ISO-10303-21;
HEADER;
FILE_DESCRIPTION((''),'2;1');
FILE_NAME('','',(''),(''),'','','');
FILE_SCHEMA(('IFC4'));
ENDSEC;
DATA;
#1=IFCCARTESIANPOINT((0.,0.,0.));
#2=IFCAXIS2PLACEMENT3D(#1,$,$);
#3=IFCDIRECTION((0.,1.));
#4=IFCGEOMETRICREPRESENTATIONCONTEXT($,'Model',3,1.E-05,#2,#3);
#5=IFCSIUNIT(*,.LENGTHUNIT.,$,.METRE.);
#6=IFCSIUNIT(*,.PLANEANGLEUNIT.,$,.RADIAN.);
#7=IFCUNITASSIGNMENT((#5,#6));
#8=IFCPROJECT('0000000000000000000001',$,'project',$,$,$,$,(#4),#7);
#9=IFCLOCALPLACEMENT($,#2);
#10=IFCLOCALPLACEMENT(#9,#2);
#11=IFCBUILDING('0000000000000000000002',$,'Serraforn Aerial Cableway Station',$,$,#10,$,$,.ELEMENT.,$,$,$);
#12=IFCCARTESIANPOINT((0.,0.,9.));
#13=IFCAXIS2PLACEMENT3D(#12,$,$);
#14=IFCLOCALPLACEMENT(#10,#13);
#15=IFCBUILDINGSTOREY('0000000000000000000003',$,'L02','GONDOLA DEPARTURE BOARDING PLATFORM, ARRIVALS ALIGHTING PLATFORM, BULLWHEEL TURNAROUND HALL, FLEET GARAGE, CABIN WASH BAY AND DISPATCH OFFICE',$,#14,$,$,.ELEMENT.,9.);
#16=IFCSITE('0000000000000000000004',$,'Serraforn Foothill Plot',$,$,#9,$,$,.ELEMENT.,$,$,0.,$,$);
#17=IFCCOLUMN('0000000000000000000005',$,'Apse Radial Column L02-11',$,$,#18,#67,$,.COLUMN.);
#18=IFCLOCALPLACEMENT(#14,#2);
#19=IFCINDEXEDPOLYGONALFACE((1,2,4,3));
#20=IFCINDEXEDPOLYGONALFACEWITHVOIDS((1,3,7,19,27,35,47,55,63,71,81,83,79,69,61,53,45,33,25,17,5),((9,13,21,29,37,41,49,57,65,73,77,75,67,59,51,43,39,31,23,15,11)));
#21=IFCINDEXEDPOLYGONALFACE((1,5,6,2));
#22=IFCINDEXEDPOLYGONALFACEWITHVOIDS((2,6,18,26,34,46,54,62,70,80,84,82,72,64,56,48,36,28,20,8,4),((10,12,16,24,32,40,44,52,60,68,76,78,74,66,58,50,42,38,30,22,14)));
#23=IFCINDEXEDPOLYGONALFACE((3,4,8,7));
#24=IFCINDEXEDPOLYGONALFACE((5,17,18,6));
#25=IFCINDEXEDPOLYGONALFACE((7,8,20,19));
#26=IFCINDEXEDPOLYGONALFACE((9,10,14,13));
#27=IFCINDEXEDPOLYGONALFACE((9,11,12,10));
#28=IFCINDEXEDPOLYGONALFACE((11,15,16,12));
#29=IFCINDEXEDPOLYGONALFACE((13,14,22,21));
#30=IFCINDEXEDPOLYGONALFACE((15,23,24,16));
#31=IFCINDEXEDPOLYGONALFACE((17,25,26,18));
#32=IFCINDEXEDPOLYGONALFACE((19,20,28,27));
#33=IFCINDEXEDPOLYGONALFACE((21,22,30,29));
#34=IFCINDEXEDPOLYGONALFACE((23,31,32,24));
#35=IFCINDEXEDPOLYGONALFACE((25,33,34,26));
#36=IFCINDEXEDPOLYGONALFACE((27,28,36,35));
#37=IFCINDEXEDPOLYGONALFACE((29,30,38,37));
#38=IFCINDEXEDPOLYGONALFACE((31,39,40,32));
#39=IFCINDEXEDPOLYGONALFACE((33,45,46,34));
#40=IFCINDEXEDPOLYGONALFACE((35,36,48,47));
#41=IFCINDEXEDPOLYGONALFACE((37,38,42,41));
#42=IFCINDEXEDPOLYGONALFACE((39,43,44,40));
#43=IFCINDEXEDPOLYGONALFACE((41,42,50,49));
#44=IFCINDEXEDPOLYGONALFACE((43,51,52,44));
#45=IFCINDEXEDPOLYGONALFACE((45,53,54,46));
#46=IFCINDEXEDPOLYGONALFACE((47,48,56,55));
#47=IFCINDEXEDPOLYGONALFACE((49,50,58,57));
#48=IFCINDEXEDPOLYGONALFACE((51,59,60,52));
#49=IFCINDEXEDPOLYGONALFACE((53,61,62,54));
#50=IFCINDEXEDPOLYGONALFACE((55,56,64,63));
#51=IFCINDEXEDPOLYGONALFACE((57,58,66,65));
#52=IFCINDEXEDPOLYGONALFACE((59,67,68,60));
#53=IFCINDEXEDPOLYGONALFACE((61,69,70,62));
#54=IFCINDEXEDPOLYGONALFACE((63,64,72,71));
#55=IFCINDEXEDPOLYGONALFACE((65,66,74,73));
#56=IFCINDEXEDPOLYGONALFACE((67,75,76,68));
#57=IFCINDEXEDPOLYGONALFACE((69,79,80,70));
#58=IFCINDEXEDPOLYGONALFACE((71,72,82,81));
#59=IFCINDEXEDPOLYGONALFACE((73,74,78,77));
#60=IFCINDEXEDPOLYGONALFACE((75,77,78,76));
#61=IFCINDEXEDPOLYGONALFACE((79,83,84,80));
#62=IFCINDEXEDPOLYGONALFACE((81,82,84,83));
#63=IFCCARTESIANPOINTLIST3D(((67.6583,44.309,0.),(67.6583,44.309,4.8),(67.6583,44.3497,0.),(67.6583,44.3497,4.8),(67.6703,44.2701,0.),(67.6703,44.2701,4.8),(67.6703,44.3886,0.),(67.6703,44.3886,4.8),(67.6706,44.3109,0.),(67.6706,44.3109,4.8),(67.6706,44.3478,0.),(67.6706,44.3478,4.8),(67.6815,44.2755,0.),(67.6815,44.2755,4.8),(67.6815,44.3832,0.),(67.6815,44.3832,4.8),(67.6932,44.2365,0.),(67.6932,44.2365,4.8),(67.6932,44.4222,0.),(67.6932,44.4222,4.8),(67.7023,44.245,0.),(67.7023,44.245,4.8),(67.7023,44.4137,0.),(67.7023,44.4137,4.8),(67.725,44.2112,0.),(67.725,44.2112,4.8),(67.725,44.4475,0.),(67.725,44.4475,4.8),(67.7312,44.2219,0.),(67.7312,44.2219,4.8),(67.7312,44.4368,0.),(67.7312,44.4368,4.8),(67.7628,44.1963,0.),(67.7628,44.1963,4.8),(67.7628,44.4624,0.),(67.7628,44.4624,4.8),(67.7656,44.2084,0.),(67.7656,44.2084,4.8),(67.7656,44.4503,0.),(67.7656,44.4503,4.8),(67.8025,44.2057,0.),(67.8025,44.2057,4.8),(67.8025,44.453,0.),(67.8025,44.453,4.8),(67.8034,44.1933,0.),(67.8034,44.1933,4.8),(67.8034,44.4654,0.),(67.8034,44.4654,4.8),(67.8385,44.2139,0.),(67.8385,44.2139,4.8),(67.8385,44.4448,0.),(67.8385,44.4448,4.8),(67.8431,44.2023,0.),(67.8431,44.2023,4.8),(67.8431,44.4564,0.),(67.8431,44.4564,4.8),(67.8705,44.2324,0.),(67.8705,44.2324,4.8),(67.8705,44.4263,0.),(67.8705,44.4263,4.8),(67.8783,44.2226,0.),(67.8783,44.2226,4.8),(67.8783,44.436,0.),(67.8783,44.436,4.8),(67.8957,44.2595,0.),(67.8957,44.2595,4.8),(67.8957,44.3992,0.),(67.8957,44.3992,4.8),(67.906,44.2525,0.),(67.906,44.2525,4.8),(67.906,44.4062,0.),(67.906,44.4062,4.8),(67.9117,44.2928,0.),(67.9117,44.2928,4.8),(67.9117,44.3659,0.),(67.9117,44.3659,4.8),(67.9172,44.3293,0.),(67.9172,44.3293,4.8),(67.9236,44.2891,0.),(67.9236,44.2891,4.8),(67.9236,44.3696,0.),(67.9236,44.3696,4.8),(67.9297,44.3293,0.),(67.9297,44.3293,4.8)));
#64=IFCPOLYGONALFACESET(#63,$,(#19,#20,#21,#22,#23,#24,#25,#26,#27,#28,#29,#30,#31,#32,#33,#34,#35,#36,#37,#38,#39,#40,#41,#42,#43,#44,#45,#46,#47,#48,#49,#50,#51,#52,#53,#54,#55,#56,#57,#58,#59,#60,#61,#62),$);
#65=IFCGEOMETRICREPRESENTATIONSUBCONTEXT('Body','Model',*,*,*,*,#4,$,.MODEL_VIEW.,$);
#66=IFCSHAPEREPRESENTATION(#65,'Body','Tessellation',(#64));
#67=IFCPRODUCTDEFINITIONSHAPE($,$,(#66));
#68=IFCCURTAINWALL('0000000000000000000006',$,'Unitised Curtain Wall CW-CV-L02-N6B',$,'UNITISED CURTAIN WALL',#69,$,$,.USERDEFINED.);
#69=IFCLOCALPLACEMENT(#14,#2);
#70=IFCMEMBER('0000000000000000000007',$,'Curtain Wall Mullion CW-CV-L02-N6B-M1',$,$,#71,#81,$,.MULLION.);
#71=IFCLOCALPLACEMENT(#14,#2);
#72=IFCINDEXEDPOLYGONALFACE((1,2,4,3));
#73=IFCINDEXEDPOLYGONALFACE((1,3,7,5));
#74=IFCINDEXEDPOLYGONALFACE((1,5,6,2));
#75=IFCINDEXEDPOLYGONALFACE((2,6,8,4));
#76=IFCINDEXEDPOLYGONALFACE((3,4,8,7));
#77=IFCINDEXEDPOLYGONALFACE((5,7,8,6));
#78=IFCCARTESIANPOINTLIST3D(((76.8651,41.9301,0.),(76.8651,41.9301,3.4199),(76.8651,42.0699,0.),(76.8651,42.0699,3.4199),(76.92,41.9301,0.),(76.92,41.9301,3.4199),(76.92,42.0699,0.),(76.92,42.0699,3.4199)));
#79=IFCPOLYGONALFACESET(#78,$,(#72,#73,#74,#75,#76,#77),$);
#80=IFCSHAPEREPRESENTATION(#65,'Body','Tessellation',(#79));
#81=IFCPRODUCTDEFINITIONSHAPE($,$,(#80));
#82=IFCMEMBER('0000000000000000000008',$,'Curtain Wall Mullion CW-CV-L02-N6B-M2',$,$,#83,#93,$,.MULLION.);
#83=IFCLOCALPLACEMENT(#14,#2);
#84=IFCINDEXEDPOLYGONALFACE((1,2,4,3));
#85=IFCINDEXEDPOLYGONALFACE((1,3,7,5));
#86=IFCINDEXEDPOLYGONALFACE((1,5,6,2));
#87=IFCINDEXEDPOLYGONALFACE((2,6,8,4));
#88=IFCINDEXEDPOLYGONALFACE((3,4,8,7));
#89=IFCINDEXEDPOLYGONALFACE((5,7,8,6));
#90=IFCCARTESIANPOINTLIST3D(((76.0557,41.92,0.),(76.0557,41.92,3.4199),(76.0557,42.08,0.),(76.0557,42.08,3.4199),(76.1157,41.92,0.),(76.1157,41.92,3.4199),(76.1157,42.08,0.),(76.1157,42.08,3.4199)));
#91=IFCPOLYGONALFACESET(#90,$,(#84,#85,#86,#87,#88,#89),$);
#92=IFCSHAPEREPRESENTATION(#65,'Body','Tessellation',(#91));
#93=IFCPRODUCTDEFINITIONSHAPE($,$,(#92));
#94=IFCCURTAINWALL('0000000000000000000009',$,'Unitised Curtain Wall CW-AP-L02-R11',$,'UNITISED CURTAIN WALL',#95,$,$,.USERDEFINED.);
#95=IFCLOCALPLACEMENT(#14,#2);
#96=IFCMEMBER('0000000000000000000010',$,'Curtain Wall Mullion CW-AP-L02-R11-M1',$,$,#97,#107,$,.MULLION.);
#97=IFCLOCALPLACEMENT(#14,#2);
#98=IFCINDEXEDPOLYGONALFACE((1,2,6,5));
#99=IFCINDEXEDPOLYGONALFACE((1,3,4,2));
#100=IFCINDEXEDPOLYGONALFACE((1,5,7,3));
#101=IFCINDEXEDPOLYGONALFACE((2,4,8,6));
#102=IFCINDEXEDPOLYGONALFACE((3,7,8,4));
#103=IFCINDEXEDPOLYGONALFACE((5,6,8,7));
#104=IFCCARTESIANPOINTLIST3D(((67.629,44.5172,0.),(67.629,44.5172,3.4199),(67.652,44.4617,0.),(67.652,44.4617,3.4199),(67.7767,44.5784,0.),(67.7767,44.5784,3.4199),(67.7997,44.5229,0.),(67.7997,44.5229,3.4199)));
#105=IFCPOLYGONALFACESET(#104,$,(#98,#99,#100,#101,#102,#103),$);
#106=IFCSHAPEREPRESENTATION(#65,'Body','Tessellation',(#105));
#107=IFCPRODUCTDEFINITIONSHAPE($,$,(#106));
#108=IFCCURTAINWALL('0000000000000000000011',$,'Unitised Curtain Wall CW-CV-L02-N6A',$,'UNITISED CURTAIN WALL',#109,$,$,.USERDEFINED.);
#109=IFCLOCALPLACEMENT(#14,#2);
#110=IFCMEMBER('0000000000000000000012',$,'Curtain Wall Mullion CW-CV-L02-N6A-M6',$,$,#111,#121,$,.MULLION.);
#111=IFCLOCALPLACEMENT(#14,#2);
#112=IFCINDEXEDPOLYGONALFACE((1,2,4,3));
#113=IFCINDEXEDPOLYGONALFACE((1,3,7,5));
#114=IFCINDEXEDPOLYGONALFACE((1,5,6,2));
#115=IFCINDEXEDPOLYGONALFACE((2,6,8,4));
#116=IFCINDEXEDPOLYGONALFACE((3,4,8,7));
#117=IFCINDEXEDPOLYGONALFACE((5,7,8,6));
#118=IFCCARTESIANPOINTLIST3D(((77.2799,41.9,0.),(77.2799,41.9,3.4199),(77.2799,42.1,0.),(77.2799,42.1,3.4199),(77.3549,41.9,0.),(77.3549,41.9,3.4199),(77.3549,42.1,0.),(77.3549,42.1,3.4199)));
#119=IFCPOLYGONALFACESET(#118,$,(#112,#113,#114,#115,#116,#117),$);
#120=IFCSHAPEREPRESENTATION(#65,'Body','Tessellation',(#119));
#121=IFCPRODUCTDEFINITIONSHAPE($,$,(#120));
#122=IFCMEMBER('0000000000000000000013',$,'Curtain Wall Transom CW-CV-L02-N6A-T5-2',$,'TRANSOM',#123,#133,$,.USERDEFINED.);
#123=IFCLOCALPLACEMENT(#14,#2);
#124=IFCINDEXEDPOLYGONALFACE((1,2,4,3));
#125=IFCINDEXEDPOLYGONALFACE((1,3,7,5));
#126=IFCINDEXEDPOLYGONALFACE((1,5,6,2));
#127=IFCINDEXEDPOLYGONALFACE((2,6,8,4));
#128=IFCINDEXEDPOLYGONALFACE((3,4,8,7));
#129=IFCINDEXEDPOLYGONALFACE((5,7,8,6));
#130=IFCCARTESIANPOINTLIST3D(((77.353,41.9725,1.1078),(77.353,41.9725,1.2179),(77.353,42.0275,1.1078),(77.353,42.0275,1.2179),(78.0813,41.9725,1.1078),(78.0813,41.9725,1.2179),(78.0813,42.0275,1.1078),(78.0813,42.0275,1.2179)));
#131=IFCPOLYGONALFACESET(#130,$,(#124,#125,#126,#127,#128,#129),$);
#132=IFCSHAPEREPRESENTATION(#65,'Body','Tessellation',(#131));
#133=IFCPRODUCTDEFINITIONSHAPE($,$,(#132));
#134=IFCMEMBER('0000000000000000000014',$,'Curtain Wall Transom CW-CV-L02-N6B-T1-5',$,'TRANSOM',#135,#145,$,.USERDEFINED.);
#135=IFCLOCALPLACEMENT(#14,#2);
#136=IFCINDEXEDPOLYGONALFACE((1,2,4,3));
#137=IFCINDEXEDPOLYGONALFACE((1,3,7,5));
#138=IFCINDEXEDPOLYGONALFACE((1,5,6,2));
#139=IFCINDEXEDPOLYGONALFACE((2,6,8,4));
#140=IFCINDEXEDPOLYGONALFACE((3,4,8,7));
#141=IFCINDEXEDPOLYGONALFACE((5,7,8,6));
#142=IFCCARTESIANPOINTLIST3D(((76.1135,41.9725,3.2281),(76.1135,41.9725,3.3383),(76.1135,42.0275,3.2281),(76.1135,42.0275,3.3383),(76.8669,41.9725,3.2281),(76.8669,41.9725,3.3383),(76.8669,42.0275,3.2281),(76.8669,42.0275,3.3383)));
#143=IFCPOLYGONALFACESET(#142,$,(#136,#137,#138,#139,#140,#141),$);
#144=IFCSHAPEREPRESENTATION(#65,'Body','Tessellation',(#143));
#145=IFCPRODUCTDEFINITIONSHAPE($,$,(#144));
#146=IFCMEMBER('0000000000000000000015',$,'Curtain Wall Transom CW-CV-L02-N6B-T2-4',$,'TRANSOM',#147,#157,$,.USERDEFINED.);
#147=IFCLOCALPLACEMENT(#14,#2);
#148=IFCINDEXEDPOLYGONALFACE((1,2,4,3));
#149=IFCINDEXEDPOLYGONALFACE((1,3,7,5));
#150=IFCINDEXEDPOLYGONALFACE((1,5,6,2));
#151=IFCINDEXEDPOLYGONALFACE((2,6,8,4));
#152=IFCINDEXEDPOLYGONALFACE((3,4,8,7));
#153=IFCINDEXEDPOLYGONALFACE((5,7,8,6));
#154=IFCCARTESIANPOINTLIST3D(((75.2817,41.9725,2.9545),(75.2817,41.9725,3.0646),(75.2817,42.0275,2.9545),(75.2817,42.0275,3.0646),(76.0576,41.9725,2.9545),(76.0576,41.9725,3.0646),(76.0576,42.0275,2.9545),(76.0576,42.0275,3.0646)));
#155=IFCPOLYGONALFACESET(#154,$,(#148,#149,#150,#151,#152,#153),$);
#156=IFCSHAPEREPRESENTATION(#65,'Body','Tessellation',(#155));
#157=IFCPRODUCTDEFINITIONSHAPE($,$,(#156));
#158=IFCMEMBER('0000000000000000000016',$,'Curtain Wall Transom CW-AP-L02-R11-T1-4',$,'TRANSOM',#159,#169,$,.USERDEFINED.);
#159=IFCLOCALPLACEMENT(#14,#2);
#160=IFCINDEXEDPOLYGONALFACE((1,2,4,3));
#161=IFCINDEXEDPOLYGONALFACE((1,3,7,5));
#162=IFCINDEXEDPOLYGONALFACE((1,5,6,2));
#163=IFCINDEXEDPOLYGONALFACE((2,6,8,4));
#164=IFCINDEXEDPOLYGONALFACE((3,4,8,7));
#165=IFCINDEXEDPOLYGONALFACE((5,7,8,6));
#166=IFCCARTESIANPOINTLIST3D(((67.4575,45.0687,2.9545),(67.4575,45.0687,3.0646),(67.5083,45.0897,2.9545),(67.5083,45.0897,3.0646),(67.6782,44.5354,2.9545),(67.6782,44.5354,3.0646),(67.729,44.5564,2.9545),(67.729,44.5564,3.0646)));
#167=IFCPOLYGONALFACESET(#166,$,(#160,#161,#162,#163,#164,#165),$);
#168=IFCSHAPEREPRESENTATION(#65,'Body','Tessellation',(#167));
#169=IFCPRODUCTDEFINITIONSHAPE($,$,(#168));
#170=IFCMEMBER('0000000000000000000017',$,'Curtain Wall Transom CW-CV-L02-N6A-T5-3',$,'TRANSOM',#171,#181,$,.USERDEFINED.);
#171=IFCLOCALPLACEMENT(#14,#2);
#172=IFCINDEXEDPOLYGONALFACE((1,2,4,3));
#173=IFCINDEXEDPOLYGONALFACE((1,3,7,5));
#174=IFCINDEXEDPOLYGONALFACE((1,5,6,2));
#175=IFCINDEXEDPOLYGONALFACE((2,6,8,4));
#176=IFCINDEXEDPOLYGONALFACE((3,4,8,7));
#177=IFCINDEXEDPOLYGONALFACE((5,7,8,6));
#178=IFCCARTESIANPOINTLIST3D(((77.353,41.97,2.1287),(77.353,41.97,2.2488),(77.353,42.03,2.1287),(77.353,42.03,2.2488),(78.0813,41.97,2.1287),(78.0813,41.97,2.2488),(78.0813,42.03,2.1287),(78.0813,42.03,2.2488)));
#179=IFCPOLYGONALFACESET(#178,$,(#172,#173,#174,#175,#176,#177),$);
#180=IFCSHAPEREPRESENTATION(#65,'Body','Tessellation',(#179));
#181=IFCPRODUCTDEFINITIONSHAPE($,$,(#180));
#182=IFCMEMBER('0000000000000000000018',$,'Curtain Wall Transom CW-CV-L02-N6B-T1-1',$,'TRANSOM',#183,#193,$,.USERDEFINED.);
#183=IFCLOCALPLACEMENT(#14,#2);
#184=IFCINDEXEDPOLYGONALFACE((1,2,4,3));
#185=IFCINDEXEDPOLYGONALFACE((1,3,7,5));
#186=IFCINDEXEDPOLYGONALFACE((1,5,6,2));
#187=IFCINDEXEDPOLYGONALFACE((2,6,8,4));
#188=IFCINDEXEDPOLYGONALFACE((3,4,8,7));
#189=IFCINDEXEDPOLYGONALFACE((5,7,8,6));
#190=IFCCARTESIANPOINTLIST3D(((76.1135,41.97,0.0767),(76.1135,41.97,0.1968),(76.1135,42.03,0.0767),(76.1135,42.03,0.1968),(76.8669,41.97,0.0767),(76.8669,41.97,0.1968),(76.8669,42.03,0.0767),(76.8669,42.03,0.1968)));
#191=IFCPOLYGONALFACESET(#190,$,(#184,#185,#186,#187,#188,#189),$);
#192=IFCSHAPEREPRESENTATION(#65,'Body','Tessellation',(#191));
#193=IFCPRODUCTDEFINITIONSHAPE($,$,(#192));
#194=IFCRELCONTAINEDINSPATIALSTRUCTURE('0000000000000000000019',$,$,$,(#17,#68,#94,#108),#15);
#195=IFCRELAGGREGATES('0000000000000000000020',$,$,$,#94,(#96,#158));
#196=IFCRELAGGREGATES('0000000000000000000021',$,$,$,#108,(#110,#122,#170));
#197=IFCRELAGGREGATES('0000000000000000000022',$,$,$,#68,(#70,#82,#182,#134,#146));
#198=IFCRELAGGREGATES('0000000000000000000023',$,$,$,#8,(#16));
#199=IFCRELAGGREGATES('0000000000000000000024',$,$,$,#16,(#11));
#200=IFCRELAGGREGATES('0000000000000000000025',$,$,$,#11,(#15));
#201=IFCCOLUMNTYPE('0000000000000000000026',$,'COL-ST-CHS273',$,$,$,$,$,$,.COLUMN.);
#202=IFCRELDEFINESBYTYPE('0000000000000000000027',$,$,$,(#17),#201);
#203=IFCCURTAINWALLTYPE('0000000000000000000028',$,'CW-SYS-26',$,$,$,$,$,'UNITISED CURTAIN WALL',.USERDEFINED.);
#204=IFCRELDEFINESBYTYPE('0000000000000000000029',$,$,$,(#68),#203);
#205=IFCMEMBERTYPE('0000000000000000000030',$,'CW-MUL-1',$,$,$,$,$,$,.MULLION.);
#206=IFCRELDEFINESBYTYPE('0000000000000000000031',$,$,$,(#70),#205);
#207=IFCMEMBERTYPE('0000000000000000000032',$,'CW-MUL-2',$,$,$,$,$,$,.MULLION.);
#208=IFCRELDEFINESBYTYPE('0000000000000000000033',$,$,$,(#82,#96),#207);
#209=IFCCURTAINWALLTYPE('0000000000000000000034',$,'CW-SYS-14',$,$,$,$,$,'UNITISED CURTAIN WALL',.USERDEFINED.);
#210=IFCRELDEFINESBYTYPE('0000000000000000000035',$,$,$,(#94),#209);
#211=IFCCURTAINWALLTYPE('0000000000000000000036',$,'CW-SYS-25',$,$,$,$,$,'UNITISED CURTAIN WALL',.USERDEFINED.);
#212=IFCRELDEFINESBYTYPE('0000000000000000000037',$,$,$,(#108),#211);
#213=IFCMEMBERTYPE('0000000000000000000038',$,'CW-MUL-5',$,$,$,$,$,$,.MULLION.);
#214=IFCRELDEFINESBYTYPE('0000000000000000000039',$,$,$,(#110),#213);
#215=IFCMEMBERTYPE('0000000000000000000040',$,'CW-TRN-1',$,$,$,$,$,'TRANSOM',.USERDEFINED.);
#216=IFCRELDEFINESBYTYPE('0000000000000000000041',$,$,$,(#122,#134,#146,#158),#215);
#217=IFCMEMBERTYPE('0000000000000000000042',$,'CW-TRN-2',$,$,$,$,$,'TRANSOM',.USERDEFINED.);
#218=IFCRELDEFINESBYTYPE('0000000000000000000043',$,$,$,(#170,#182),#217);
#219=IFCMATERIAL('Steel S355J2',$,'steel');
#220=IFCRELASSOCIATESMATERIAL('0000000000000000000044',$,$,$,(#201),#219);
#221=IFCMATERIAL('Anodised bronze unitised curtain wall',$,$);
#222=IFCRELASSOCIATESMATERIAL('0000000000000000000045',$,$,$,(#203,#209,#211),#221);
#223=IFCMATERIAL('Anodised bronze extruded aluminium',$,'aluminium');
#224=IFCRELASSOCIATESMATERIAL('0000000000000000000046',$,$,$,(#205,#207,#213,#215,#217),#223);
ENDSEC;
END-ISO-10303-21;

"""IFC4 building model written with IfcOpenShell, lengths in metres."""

from ifc_helpers import new_model, si_unit, direction, frame, origin, origin_2d, place, context, subcontext, project, spatial, rectangle, hollow_circle, extrude, material, material_profile, profile_set, type_object, element, aggregate, save


model = new_model("IFC4")

# Units and contexts
model_context = context("Model", 3, precision=1e-05, world=origin(), true_north=direction((0.0, 1.0)))
body_context = subcontext(model_context, "Body", "Model", "MODEL_VIEW")
ifc_project = project(units=[si_unit("LENGTHUNIT", "METRE"), si_unit("PLANEANGLEUNIT", "RADIAN")], contexts=[model_context])

# Site, building, storey
site_placement = place(None, origin())
site = spatial("IfcSite", under=ifc_project, at=site_placement, Name="Serraforn Foothill Plot", CompositionType="ELEMENT", RefElevation=0.0)
building_placement = place(site_placement, origin())
building = spatial("IfcBuilding", under=site, at=building_placement, Name="Serraforn Aerial Cableway Station", CompositionType="ELEMENT")
storey_placement = place(building_placement, frame((0.0, 0.0, 9.0)))
storey = spatial("IfcBuildingStorey", under=building, at=storey_placement, Name="L02", Description="GONDOLA DEPARTURE BOARDING PLATFORM, ARRIVALS ALIGHTING PLATFORM, BULLWHEEL TURNAROUND HALL, FLEET GARAGE, CABIN WASH BAY AND DISPATCH OFFICE", CompositionType="ELEMENT", Elevation=9.0)

# Column
ifc_material_1 = material(Name="Steel S355J2", Category="steel")
ifc_material_profile_1 = material_profile(ifc_material_1, hollow_circle(Radius=0.1365, WallThickness=0.0125, at=origin_2d()), Name="CHS 273.0x12.5")
ifc_profile_set_1 = profile_set([ifc_material_profile_1], Name="Steel S355J2")
column_type = type_object("IfcColumnType", Name="COL-ST-CHS273", PredefinedType="COLUMN", material=ifc_profile_set_1)
column_placement = place(storey_placement, frame((67.7932, 44.3293, 0.0), z_axis=(0.0, 0.0, 1.0), x_axis=(1.0, 0.0, 0.0)))
element("IfcColumn", 1, at=column_placement, inside=storey, type_object=column_type, Name="Apse Radial Column L02-11", PredefinedType="COLUMN", context=body_context, shape_type="SweptSolid", body=[
    extrude(hollow_circle(Radius=0.1365, WallThickness=0.0125, at=origin_2d()), origin(), (0.0, 0.0, 1.0), 4.8),
])

# Curtain wall, members
ifc_material_2 = material(Name="Anodised bronze unitised curtain wall")
curtain_wall_type_1 = type_object("IfcCurtainWallType", Name="CW-SYS-26", ElementType="UNITISED CURTAIN WALL", PredefinedType="USERDEFINED", material=ifc_material_2)
curtain_wall_1_placement = place(storey_placement, origin())
curtain_wall_1 = element("IfcCurtainWall", 2, at=curtain_wall_1_placement, inside=storey, type_object=curtain_wall_type_1, Name="Unitised Curtain Wall CW-CV-L02-N6B", ObjectType="UNITISED CURTAIN WALL", PredefinedType="USERDEFINED")
ifc_material_3 = material(Name="Anodised bronze extruded aluminium", Category="aluminium")
ifc_material_profile_2 = material_profile(ifc_material_3, rectangle(XDim=0.0549, YDim=0.1399, at=origin_2d()), Name="CW MULLION 55x140")
ifc_profile_set_2 = profile_set([ifc_material_profile_2], Name="Anodised bronze extruded aluminium")
member_type_1 = type_object("IfcMemberType", Name="CW-MUL-1", PredefinedType="MULLION", material=ifc_profile_set_2)
member_1_placement = place(storey_placement, frame((76.8926, 42.0, 0.0), z_axis=(0.0, 0.0, 1.0), x_axis=(-1.0, 0.0, 0.0)))
member_1 = element("IfcMember", 3, at=member_1_placement, type_object=member_type_1, Name="Curtain Wall Mullion CW-CV-L02-N6B-M1", PredefinedType="MULLION", context=body_context, shape_type="SweptSolid", body=[
    extrude(rectangle(XDim=0.0549, YDim=0.1399, at=origin_2d()), origin(), (0.0, 0.0, 1.0), 3.4199),
])
ifc_material_profile_3 = material_profile(ifc_material_3, rectangle(XDim=0.0601, YDim=0.1599, at=origin_2d()), Name="CW MULLION 60x160")
ifc_profile_set_3 = profile_set([ifc_material_profile_3], Name="Anodised bronze extruded aluminium")
member_type_2 = type_object("IfcMemberType", Name="CW-MUL-2", PredefinedType="MULLION", material=ifc_profile_set_3)
member_2_placement = place(storey_placement, frame((76.0857, 42.0, 0.0), z_axis=(0.0, 0.0, 1.0), x_axis=(-1.0, 0.0, 0.0)))
member_2 = element("IfcMember", 4, at=member_2_placement, type_object=member_type_2, Name="Curtain Wall Mullion CW-CV-L02-N6B-M2", PredefinedType="MULLION", context=body_context, shape_type="SweptSolid", body=[
    extrude(rectangle(XDim=0.0601, YDim=0.1599, at=origin_2d()), origin(), (0.0, 0.0, 1.0), 3.4199),
])

# Curtain wall, member
curtain_wall_type_2 = type_object("IfcCurtainWallType", Name="CW-SYS-14", ElementType="UNITISED CURTAIN WALL", PredefinedType="USERDEFINED", material=ifc_material_2)
curtain_wall_2_placement = place(storey_placement, origin())
curtain_wall_2 = element("IfcCurtainWall", 5, at=curtain_wall_2_placement, inside=storey, type_object=curtain_wall_type_2, Name="Unitised Curtain Wall CW-AP-L02-R11", ObjectType="UNITISED CURTAIN WALL", PredefinedType="USERDEFINED")
member_3_placement = place(storey_placement, frame((67.7144, 44.52, 0.0), z_axis=(0.0, 0.0, 1.0), x_axis=(-0.382666, 0.923887, 0.0)))
member_3 = element("IfcMember", 6, at=member_3_placement, type_object=member_type_2, Name="Curtain Wall Mullion CW-AP-L02-R11-M1", PredefinedType="MULLION", context=body_context, shape_type="SweptSolid", body=[
    extrude(rectangle(XDim=0.0601, YDim=0.1599, at=origin_2d()), origin(), (0.0, 0.0, 1.0), 3.4199),
])

# Curtain wall, members
curtain_wall_type_3 = type_object("IfcCurtainWallType", Name="CW-SYS-25", ElementType="UNITISED CURTAIN WALL", PredefinedType="USERDEFINED", material=ifc_material_2)
curtain_wall_3_placement = place(storey_placement, origin())
curtain_wall_3 = element("IfcCurtainWall", 7, at=curtain_wall_3_placement, inside=storey, type_object=curtain_wall_type_3, Name="Unitised Curtain Wall CW-CV-L02-N6A", ObjectType="UNITISED CURTAIN WALL", PredefinedType="USERDEFINED")
ifc_material_profile_4 = material_profile(ifc_material_3, rectangle(XDim=0.075, YDim=0.2, at=origin_2d()), Name="CW MULLION 75x200")
ifc_profile_set_4 = profile_set([ifc_material_profile_4], Name="Anodised bronze extruded aluminium")
member_type_3 = type_object("IfcMemberType", Name="CW-MUL-5", PredefinedType="MULLION", material=ifc_profile_set_4)
member_4_placement = place(storey_placement, frame((77.3174, 42.0, 0.0), z_axis=(0.0, 0.0, 1.0), x_axis=(-1.0, 0.0, 0.0)))
member_4 = element("IfcMember", 8, at=member_4_placement, type_object=member_type_3, Name="Curtain Wall Mullion CW-CV-L02-N6A-M6", PredefinedType="MULLION", context=body_context, shape_type="SweptSolid", body=[
    extrude(rectangle(XDim=0.075, YDim=0.2, at=origin_2d()), origin(), (0.0, 0.0, 1.0), 3.4199),
])
ifc_material_profile_5 = material_profile(ifc_material_3, rectangle(XDim=0.0549, YDim=0.1101, at=origin_2d()), Name="CW TRANSOM 55x110")
ifc_profile_set_5 = profile_set([ifc_material_profile_5], Name="Anodised bronze extruded aluminium")
member_type_4 = type_object("IfcMemberType", Name="CW-TRN-1", ElementType="TRANSOM", PredefinedType="USERDEFINED", material=ifc_profile_set_5)
member_5_placement = place(storey_placement, frame((78.0813, 42.0, 1.1628), z_axis=(-1.0, 0.0, 0.0), x_axis=(0.0, -1.0, 0.0)))
member_5 = element("IfcMember", 9, at=member_5_placement, type_object=member_type_4, Name="Curtain Wall Transom CW-CV-L02-N6A-T5-2", ObjectType="TRANSOM", PredefinedType="USERDEFINED", context=body_context, shape_type="SweptSolid", body=[
    extrude(rectangle(XDim=0.0549, YDim=0.1101, at=origin_2d()), origin(), (0.0, 0.0, 1.0), 0.7283),
])

# Members
member_6_placement = place(storey_placement, frame((76.8669, 42.0, 3.2832), z_axis=(-1.0, 0.0, 0.0), x_axis=(0.0, -1.0, 0.0)))
member_6 = element("IfcMember", 10, at=member_6_placement, type_object=member_type_4, Name="Curtain Wall Transom CW-CV-L02-N6B-T1-5", ObjectType="TRANSOM", PredefinedType="USERDEFINED", context=body_context, shape_type="SweptSolid", body=[
    extrude(rectangle(XDim=0.0549, YDim=0.1101, at=origin_2d()), origin(), (0.0, 0.0, 1.0), 0.7534),
])
member_7_placement = place(storey_placement, frame((76.0576, 42.0, 3.0095), z_axis=(-1.0, 0.0, 0.0), x_axis=(0.0, -1.0, 0.0)))
member_7 = element("IfcMember", 11, at=member_7_placement, type_object=member_type_4, Name="Curtain Wall Transom CW-CV-L02-N6B-T2-4", ObjectType="TRANSOM", PredefinedType="USERDEFINED", context=body_context, shape_type="SweptSolid", body=[
    extrude(rectangle(XDim=0.0549, YDim=0.1101, at=origin_2d()), origin(), (0.0, 0.0, 1.0), 0.7759),
])
member_8_placement = place(storey_placement, frame((67.7036, 44.5459, 3.0095), z_axis=(-0.382451, 0.923976, 0.0), x_axis=(-0.923976, -0.382451, 0.0)))
member_8 = element("IfcMember", 12, at=member_8_placement, type_object=member_type_4, Name="Curtain Wall Transom CW-AP-L02-R11-T1-4", ObjectType="TRANSOM", PredefinedType="USERDEFINED", context=body_context, shape_type="SweptSolid", body=[
    extrude(rectangle(XDim=0.0549, YDim=0.1101, at=origin_2d()), origin(), (0.0, 0.0, 1.0), 0.5771),
])
ifc_material_profile_6 = material_profile(ifc_material_3, rectangle(XDim=0.0601, YDim=0.1201, at=origin_2d()), Name="CW TRANSOM 60x120")
ifc_profile_set_6 = profile_set([ifc_material_profile_6], Name="Anodised bronze extruded aluminium")
member_type_5 = type_object("IfcMemberType", Name="CW-TRN-2", ElementType="TRANSOM", PredefinedType="USERDEFINED", material=ifc_profile_set_6)
member_9_placement = place(storey_placement, frame((78.0813, 42.0, 2.1887), z_axis=(-1.0, 0.0, 0.0), x_axis=(0.0, -1.0, 0.0)))
member_9 = element("IfcMember", 13, at=member_9_placement, type_object=member_type_5, Name="Curtain Wall Transom CW-CV-L02-N6A-T5-3", ObjectType="TRANSOM", PredefinedType="USERDEFINED", context=body_context, shape_type="SweptSolid", body=[
    extrude(rectangle(XDim=0.0601, YDim=0.1201, at=origin_2d()), origin(), (0.0, 0.0, 1.0), 0.7283),
])
member_10_placement = place(storey_placement, frame((76.8669, 42.0, 0.1367), z_axis=(-1.0, 0.0, 0.0), x_axis=(0.0, -1.0, 0.0)))
member_10 = element("IfcMember", 14, at=member_10_placement, type_object=member_type_5, Name="Curtain Wall Transom CW-CV-L02-N6B-T1-1", ObjectType="TRANSOM", PredefinedType="USERDEFINED", context=body_context, shape_type="SweptSolid", body=[
    extrude(rectangle(XDim=0.0601, YDim=0.1201, at=origin_2d()), origin(), (0.0, 0.0, 1.0), 0.7534),
])
aggregate(curtain_wall_2, [member_3, member_8])

aggregate(curtain_wall_3, [member_4, member_5, member_9])
aggregate(curtain_wall_1, [member_1, member_2, member_10, member_6, member_7])

save(model, "model.ifc")
